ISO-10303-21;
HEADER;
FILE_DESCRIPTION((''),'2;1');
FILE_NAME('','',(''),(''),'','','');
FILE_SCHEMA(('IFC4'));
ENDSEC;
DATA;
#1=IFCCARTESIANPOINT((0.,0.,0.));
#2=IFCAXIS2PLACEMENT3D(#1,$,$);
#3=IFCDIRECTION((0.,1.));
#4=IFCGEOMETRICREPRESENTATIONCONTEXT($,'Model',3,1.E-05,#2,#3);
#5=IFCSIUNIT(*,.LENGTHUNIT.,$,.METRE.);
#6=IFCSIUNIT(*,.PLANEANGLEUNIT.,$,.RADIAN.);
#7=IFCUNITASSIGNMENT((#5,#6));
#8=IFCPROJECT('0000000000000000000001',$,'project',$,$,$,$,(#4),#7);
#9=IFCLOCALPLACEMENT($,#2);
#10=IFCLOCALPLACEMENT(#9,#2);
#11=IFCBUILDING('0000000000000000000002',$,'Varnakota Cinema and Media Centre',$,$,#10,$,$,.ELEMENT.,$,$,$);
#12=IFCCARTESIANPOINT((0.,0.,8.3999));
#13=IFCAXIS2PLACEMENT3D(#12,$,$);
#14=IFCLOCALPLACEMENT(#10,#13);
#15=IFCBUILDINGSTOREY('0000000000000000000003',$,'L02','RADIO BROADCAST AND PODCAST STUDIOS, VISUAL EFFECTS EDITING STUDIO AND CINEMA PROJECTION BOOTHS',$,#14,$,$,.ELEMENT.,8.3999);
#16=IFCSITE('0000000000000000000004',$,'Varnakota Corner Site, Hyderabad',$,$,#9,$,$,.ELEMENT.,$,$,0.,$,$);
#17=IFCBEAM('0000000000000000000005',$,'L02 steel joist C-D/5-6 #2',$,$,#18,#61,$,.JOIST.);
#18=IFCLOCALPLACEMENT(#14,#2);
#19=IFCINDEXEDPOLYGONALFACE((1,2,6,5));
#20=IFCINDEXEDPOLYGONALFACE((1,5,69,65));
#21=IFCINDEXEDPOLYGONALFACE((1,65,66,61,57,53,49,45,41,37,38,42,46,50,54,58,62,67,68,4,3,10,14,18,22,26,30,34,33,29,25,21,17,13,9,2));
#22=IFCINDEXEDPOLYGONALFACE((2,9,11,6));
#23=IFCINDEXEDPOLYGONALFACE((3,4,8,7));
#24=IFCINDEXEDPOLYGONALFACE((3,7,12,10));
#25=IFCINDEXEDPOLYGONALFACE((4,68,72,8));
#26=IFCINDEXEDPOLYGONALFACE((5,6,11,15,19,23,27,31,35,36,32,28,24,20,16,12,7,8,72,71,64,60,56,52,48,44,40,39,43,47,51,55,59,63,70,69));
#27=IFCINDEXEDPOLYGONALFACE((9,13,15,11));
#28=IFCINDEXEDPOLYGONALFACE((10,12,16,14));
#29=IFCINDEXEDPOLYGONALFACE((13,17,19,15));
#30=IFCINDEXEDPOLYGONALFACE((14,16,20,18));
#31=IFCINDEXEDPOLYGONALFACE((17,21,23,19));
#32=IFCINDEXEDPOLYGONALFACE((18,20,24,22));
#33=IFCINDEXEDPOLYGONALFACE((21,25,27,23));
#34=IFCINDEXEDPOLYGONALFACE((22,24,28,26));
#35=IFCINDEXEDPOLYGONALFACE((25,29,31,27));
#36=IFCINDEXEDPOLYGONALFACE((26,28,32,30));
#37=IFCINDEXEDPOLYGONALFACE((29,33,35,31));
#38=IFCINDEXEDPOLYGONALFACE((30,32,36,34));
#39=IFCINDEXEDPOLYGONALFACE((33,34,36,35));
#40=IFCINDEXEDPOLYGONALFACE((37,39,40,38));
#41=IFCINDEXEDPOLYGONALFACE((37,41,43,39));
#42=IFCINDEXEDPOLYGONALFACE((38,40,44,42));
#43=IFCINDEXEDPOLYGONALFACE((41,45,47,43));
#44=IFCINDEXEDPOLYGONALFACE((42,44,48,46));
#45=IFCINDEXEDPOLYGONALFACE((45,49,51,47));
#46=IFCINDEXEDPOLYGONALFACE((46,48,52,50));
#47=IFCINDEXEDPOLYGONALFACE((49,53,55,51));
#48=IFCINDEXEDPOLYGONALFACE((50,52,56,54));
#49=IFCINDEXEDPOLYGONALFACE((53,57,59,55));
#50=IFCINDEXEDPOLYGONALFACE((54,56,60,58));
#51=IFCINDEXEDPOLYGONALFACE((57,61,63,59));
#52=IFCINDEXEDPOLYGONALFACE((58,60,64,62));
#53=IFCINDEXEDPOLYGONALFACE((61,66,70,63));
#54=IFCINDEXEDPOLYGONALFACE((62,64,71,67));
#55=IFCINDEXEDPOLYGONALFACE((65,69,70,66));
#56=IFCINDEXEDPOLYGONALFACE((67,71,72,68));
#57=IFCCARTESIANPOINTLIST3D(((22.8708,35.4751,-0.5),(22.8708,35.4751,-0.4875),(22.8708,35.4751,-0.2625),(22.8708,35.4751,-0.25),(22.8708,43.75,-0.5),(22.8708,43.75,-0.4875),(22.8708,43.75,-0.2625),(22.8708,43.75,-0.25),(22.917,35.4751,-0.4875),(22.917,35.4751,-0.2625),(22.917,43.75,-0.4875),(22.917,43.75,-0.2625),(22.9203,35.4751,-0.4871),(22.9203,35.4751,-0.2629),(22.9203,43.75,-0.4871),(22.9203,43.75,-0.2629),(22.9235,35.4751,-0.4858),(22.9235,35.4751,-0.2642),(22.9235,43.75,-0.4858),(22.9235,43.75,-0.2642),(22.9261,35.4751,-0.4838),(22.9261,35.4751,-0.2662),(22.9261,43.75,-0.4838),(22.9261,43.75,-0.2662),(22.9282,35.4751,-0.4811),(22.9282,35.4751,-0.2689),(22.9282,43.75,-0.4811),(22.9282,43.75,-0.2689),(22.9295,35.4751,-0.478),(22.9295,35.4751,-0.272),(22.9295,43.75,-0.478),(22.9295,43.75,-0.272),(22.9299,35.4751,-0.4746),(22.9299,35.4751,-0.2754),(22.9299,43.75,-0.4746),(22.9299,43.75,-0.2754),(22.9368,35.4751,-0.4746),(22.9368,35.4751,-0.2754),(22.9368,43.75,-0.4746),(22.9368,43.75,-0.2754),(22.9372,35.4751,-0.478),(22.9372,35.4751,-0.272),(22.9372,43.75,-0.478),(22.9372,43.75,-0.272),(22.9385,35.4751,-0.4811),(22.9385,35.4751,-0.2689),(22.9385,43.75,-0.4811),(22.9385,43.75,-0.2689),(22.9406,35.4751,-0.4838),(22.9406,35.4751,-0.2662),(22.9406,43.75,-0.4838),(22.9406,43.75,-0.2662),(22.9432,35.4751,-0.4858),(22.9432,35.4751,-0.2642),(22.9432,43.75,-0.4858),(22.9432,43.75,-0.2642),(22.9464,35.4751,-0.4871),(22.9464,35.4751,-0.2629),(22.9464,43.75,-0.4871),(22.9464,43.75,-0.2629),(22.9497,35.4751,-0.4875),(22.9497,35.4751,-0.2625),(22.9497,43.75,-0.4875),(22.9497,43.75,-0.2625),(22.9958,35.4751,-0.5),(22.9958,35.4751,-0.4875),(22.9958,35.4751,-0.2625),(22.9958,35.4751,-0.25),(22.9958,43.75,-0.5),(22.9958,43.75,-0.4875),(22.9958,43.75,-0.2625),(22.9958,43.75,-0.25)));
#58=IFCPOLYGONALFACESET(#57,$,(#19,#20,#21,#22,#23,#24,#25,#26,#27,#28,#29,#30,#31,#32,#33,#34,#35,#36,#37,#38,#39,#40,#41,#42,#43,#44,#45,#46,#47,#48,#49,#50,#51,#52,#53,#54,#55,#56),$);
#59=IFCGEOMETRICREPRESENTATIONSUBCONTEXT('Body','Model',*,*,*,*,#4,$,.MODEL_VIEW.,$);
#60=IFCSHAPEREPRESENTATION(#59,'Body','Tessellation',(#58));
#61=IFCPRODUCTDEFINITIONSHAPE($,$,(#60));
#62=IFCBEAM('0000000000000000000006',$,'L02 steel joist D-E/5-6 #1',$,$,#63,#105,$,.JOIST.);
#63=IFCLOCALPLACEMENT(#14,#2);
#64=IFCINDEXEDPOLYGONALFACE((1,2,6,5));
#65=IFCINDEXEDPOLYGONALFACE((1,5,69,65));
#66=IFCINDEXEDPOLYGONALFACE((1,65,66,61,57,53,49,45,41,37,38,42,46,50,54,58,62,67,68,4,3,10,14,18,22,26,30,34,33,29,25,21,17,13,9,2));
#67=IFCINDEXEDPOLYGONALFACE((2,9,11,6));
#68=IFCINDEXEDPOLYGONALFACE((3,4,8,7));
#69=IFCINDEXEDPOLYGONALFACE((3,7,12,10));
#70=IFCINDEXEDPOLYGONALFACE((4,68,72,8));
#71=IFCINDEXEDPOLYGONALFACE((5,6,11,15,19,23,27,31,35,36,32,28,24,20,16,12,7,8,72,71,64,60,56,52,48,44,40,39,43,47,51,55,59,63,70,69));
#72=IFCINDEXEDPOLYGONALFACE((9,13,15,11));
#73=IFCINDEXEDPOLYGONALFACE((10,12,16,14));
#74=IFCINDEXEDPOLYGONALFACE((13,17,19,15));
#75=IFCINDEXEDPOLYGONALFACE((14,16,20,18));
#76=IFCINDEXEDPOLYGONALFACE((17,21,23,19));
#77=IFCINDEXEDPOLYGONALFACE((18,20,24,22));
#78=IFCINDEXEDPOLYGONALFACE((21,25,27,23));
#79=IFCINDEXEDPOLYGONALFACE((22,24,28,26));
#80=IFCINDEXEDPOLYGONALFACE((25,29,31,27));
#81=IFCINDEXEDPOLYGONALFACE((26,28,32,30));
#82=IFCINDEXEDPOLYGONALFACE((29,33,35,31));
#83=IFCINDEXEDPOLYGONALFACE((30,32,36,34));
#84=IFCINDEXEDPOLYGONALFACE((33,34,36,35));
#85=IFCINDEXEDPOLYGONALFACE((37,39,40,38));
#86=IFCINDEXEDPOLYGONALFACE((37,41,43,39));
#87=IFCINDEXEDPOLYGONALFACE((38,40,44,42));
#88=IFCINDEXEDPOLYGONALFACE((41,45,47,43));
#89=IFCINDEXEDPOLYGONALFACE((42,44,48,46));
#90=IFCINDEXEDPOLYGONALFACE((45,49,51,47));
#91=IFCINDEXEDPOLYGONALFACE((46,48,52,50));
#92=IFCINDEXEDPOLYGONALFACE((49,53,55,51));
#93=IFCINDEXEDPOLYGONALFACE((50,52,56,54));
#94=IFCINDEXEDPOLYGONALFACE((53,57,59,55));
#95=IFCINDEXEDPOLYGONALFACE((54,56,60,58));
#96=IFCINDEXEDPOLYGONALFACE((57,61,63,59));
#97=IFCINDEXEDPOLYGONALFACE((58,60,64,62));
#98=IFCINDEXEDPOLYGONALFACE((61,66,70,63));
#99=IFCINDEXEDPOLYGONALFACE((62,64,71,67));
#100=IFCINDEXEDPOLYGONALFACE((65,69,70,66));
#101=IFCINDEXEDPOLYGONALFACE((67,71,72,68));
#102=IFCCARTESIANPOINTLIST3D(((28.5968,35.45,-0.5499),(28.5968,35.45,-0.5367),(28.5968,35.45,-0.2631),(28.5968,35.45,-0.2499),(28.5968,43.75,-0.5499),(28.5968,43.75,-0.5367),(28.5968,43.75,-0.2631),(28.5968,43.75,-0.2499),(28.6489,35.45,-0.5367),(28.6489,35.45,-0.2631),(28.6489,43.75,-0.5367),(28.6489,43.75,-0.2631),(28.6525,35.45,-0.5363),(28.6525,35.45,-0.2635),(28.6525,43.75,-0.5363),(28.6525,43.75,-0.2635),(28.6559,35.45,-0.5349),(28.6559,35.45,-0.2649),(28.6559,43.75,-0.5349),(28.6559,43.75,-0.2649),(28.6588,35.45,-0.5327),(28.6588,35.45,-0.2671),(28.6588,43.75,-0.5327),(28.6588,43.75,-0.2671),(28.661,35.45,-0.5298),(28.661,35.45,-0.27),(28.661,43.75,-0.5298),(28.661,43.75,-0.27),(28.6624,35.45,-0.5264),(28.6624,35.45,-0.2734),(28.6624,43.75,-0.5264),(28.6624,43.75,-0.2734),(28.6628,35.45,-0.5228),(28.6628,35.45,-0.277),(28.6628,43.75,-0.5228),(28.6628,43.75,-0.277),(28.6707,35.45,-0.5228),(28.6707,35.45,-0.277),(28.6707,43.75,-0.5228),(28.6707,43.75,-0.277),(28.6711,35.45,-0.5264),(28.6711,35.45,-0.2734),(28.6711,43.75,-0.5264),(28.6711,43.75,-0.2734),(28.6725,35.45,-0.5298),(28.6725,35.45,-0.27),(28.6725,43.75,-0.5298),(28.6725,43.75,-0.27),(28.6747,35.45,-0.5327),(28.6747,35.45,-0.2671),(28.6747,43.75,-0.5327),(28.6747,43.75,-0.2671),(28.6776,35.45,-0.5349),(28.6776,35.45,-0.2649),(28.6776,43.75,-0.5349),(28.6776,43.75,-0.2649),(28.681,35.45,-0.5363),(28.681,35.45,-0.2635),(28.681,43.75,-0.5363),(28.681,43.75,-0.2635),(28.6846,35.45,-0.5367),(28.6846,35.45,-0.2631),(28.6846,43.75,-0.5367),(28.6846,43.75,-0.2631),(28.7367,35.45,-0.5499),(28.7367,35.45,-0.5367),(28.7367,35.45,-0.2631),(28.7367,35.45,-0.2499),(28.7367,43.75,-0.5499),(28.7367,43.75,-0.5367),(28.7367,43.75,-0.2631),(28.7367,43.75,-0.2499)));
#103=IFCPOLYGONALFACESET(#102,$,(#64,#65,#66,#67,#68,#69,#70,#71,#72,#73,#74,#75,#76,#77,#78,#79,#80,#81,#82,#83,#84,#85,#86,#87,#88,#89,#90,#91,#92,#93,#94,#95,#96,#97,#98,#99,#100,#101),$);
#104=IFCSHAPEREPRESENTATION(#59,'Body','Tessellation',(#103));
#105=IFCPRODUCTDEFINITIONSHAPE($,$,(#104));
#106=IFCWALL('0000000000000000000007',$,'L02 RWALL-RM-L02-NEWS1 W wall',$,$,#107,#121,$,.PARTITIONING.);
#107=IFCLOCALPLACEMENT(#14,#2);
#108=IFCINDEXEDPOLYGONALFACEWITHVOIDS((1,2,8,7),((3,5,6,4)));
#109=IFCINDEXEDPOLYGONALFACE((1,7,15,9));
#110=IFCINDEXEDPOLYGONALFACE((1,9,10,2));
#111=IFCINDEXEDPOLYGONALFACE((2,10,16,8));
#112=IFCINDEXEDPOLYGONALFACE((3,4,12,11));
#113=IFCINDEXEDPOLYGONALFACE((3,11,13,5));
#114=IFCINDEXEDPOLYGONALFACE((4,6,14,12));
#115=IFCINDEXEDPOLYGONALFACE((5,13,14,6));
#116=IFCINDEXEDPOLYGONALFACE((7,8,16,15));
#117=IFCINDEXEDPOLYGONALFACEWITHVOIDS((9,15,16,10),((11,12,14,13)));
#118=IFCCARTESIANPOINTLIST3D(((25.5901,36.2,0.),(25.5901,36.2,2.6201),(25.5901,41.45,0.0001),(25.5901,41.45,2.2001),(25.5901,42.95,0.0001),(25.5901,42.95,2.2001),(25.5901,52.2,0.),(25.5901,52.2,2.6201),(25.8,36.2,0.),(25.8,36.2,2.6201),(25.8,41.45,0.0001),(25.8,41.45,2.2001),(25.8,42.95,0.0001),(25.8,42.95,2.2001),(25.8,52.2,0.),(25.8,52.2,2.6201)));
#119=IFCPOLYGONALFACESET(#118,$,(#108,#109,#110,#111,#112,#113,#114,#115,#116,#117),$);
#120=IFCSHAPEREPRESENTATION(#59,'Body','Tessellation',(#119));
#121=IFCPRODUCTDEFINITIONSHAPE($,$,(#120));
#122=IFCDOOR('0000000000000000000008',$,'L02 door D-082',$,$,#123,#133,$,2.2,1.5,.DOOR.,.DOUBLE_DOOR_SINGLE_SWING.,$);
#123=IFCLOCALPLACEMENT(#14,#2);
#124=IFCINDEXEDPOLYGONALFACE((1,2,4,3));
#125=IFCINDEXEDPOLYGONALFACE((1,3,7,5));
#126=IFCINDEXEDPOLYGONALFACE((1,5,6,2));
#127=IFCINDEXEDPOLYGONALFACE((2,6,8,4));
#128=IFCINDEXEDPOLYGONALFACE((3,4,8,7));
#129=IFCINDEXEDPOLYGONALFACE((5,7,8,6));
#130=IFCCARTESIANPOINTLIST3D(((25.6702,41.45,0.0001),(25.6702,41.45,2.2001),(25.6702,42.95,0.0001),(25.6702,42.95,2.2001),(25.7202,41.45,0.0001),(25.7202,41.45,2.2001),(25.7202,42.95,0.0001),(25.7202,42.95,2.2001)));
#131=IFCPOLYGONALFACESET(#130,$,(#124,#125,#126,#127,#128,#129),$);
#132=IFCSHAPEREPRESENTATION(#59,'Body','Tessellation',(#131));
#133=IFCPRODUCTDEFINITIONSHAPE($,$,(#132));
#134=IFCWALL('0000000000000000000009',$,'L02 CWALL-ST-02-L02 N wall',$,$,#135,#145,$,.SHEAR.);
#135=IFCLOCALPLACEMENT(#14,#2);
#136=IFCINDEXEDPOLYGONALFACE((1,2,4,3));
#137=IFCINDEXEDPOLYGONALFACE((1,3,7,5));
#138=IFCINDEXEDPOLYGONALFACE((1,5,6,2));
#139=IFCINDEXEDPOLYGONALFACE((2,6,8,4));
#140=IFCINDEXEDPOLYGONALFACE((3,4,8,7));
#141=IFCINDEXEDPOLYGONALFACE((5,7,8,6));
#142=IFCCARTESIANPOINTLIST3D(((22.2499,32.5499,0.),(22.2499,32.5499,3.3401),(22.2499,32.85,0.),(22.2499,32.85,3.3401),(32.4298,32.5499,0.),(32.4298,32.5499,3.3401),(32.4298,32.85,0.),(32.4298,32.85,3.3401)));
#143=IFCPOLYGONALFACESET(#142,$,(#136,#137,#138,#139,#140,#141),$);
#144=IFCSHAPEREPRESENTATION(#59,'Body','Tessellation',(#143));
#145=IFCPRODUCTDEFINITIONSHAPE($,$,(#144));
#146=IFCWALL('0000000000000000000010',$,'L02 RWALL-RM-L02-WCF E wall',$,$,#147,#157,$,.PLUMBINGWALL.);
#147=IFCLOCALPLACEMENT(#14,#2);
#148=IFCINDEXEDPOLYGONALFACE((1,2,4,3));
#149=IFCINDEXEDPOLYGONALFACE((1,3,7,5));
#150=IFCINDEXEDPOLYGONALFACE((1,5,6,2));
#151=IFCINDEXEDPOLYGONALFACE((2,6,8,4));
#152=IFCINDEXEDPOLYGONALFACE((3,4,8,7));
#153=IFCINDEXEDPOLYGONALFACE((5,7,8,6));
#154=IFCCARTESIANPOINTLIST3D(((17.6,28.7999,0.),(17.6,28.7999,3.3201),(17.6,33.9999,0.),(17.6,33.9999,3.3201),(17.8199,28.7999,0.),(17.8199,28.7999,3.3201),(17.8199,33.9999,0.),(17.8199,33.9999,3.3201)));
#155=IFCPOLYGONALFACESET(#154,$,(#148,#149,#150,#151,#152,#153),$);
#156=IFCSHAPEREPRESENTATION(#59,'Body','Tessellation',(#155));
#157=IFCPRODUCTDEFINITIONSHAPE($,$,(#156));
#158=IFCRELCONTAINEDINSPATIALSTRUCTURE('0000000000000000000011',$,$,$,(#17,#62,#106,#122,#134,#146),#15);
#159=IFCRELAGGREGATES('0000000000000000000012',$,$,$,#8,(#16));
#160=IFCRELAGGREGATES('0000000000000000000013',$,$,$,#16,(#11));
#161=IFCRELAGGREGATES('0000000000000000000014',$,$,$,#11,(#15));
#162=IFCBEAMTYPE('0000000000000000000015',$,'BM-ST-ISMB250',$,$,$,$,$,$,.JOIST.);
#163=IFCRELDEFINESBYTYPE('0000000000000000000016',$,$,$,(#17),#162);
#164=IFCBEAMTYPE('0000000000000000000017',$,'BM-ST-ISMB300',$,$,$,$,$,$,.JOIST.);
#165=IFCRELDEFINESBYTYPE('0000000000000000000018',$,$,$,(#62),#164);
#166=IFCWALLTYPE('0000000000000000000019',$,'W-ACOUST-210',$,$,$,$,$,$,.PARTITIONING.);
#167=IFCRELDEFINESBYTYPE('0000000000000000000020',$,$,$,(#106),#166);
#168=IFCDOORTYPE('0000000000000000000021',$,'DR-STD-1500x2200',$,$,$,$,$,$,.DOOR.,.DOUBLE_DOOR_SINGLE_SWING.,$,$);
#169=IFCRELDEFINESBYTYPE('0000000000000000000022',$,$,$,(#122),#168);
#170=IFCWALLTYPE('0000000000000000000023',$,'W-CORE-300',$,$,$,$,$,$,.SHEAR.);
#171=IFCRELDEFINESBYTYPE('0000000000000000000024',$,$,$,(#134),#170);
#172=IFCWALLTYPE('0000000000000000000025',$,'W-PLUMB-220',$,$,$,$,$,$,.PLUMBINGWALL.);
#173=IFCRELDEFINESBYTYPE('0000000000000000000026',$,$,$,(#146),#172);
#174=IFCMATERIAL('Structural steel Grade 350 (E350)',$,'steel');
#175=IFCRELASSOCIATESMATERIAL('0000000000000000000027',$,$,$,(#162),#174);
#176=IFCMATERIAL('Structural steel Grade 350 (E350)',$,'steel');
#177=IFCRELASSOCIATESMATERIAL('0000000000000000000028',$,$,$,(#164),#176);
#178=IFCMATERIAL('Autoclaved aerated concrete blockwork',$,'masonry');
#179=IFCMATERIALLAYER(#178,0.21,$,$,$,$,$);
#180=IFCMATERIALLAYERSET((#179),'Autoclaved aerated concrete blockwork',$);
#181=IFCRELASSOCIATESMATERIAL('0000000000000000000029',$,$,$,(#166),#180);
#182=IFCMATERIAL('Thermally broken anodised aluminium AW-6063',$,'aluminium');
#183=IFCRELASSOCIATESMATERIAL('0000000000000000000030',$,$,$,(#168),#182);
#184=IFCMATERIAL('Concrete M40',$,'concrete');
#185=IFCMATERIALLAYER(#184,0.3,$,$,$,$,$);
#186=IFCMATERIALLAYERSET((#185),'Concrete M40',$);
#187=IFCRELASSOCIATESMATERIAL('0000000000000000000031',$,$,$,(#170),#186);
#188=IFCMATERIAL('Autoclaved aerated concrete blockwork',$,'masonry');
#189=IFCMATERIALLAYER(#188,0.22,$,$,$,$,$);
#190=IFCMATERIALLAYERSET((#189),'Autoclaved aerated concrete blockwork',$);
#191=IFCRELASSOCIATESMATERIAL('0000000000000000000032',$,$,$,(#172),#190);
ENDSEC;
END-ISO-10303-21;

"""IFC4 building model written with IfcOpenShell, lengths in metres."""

from ifc_helpers import new_model, si_unit, direction, frame, frame_2d, origin, origin_2d, place, context, subcontext, project, spatial, rectangle, i_section, extrude, material, layer, layer_set, material_profile, profile_set, type_object, element, fill, save


model = new_model("IFC4")

# Units and contexts
model_context = context("Model", 3, precision=1e-05, world=origin(), true_north=direction((0.0, 1.0)))
body_context = subcontext(model_context, "Body", "Model", "MODEL_VIEW")
ifc_project = project(units=[si_unit("LENGTHUNIT", "METRE"), si_unit("PLANEANGLEUNIT", "RADIAN")], contexts=[model_context])

# Site, building, storey
site_placement = place(None, origin())
site = spatial("IfcSite", under=ifc_project, at=site_placement, Name="Varnakota Corner Site, Hyderabad", CompositionType="ELEMENT", RefElevation=0.0)
building_placement = place(site_placement, origin())
building = spatial("IfcBuilding", under=site, at=building_placement, Name="Varnakota Cinema and Media Centre", CompositionType="ELEMENT")
storey_placement = place(building_placement, frame((0.0, 0.0, 8.3999)))
storey = spatial("IfcBuildingStorey", under=building, at=storey_placement, Name="L02", Description="RADIO BROADCAST AND PODCAST STUDIOS, VISUAL EFFECTS EDITING STUDIO AND CINEMA PROJECTION BOOTHS", CompositionType="ELEMENT", Elevation=8.3999)

# Beams
ifc_material_1 = material(Name="Structural steel Grade 350 (E350)", Category="steel")
ifc_material_profile_1 = material_profile(ifc_material_1, i_section(OverallWidth=0.125, OverallDepth=0.25, WebThickness=0.0068, FlangeThickness=0.0125, FilletRadius=0.0129, at=origin_2d()), Name="ISMB 250")
ifc_profile_set_1 = profile_set([ifc_material_profile_1], Name="Structural steel Grade 350 (E350)")
beam_type_1 = type_object("IfcBeamType", Name="BM-ST-ISMB250", PredefinedType="JOIST", material=ifc_profile_set_1)
for number, where, z_axis, x_axis, name in (
    (1, (22.9333, 35.4751, -0.375), (0.0, 1.0, 0.0), (-1.0, 0.0, 0.0), "L02 steel joist C-D/5-6 #2"),
):
    element("IfcBeam", number, at=place(storey_placement, frame(where, z_axis=z_axis, x_axis=x_axis)), inside=storey, type_object=beam_type_1, Name=name, PredefinedType="JOIST", context=body_context, shape_type="SweptSolid", body=[
        extrude(i_section(OverallWidth=0.125, OverallDepth=0.25, WebThickness=0.0068, FlangeThickness=0.0125, FilletRadius=0.0129, at=origin_2d()), origin(), (0.0, 0.0, 1.0), 8.2749),
    ])
ifc_material_2 = material(Name="Structural steel Grade 350 (E350)", Category="steel")
ifc_material_profile_2 = material_profile(ifc_material_2, i_section(OverallWidth=0.1399, OverallDepth=0.3, WebThickness=0.0078, FlangeThickness=0.0132, FilletRadius=0.0139, at=origin_2d()), Name="ISMB 300")
ifc_profile_set_2 = profile_set([ifc_material_profile_2], Name="Structural steel Grade 350 (E350)")
beam_type_2 = type_object("IfcBeamType", Name="BM-ST-ISMB300", PredefinedType="JOIST", material=ifc_profile_set_2)
beam_1_placement = place(storey_placement, frame((28.6667, 35.45, -0.3999), z_axis=(0.0, 1.0, 0.0), x_axis=(-1.0, 0.0, 0.0)))
element("IfcBeam", 2, at=beam_1_placement, inside=storey, type_object=beam_type_2, Name="L02 steel joist D-E/5-6 #1", PredefinedType="JOIST", context=body_context, shape_type="SweptSolid", body=[
    extrude(i_section(OverallWidth=0.1399, OverallDepth=0.3, WebThickness=0.0078, FlangeThickness=0.0132, FilletRadius=0.0139, at=origin_2d()), origin(), (0.0, 0.0, 1.0), 8.3),
])

# Wall, opening, door
ifc_material_3 = material(Name="Autoclaved aerated concrete blockwork", Category="masonry")
ifc_layer_1 = layer(ifc_material_3, 0.21)
ifc_layer_set_1 = layer_set([ifc_layer_1], Name="Autoclaved aerated concrete blockwork")
wall_type_1 = type_object("IfcWallType", Name="W-ACOUST-210", PredefinedType="PARTITIONING", material=ifc_layer_set_1)
wall_1_placement = place(storey_placement, frame((25.6951, 36.2, 0.0), z_axis=(0.0, 0.0, 1.0), x_axis=(0.0, 1.0, 0.0)))
wall_1 = element("IfcWall", 3, at=wall_1_placement, inside=storey, type_object=wall_type_1, Name="L02 RWALL-RM-L02-NEWS1 W wall", PredefinedType="PARTITIONING", context=body_context, shape_type="SweptSolid", body=[
    extrude(rectangle(XDim=16.0, YDim=0.21, at=frame_2d((8.0, 0.0))), origin(), (0.0, 0.0, 1.0), 2.6201),
])
opening_1_placement = place(wall_1_placement, frame((5.25, 0.0, 0.0)))
opening_1 = element("IfcOpeningElement", 4, at=opening_1_placement, cuts=wall_1, PredefinedType="OPENING", context=body_context, shape_type="SweptSolid", body=[
    extrude(rectangle(XDim=1.5, YDim=2.2, at=frame_2d((0.75, 1.1001))), frame((0.0, 0.105, 0.0), z_axis=(0.0, -1.0, 0.0), x_axis=(1.0, 0.0, 0.0)), (0.0, 0.0, 1.0), 0.21),
])
ifc_material_4 = material(Name="Thermally broken anodised aluminium AW-6063", Category="aluminium")
door_type_1 = type_object("IfcDoorType", Name="DR-STD-1500x2200", OperationType="DOUBLE_DOOR_SINGLE_SWING", PredefinedType="DOOR", material=ifc_material_4)
door_1_placement = place(opening_1_placement, origin())
door_1 = element("IfcDoor", 5, at=door_1_placement, inside=storey, type_object=door_type_1, Name="L02 door D-082", OperationType="DOUBLE_DOOR_SINGLE_SWING", OverallHeight=2.2, OverallWidth=1.5, PredefinedType="DOOR", context=body_context, shape_type="SweptSolid", body=[
    extrude(rectangle(XDim=1.5, YDim=2.2, at=frame_2d((0.75, 1.1001))), frame((0.0, 0.0249, 0.0), z_axis=(0.0, -1.0, 0.0), x_axis=(1.0, 0.0, 0.0)), (0.0, 0.0, 1.0), 0.05),
])
fill(opening_1, door_1)

# Walls
ifc_material_5 = material(Name="Concrete M40", Category="concrete")
ifc_layer_2 = layer(ifc_material_5, 0.3)
ifc_layer_set_2 = layer_set([ifc_layer_2], Name="Concrete M40")
wall_type_2 = type_object("IfcWallType", Name="W-CORE-300", PredefinedType="SHEAR", material=ifc_layer_set_2)
wall_2_placement = place(storey_placement, frame((22.25, 32.7, 0.0), z_axis=(0.0, 0.0, 1.0), x_axis=(1.0, 0.0, 0.0)))
element("IfcWall", 6, at=wall_2_placement, inside=storey, type_object=wall_type_2, Name="L02 CWALL-ST-02-L02 N wall", PredefinedType="SHEAR", context=body_context, shape_type="SweptSolid", body=[
    extrude(rectangle(XDim=10.1799, YDim=0.3, at=frame_2d((5.0898, 0.0))), origin(), (0.0, 0.0, 1.0), 3.3401),
])
ifc_material_6 = material(Name="Autoclaved aerated concrete blockwork", Category="masonry")
ifc_layer_3 = layer(ifc_material_6, 0.22)
ifc_layer_set_3 = layer_set([ifc_layer_3], Name="Autoclaved aerated concrete blockwork")
wall_type_3 = type_object("IfcWallType", Name="W-PLUMB-220", PredefinedType="PLUMBINGWALL", material=ifc_layer_set_3)
wall_3_placement = place(storey_placement, frame((17.71, 34.0, 0.0), z_axis=(0.0, 0.0, 1.0), x_axis=(0.0, -1.0, 0.0)))
element("IfcWall", 7, at=wall_3_placement, inside=storey, type_object=wall_type_3, Name="L02 RWALL-RM-L02-WCF E wall", PredefinedType="PLUMBINGWALL", context=body_context, shape_type="SweptSolid", body=[
    extrude(rectangle(XDim=5.2, YDim=0.22, at=frame_2d((2.6001, 0.0))), origin(), (0.0, 0.0, 1.0), 3.3201),
])

save(model, "model.ifc")
